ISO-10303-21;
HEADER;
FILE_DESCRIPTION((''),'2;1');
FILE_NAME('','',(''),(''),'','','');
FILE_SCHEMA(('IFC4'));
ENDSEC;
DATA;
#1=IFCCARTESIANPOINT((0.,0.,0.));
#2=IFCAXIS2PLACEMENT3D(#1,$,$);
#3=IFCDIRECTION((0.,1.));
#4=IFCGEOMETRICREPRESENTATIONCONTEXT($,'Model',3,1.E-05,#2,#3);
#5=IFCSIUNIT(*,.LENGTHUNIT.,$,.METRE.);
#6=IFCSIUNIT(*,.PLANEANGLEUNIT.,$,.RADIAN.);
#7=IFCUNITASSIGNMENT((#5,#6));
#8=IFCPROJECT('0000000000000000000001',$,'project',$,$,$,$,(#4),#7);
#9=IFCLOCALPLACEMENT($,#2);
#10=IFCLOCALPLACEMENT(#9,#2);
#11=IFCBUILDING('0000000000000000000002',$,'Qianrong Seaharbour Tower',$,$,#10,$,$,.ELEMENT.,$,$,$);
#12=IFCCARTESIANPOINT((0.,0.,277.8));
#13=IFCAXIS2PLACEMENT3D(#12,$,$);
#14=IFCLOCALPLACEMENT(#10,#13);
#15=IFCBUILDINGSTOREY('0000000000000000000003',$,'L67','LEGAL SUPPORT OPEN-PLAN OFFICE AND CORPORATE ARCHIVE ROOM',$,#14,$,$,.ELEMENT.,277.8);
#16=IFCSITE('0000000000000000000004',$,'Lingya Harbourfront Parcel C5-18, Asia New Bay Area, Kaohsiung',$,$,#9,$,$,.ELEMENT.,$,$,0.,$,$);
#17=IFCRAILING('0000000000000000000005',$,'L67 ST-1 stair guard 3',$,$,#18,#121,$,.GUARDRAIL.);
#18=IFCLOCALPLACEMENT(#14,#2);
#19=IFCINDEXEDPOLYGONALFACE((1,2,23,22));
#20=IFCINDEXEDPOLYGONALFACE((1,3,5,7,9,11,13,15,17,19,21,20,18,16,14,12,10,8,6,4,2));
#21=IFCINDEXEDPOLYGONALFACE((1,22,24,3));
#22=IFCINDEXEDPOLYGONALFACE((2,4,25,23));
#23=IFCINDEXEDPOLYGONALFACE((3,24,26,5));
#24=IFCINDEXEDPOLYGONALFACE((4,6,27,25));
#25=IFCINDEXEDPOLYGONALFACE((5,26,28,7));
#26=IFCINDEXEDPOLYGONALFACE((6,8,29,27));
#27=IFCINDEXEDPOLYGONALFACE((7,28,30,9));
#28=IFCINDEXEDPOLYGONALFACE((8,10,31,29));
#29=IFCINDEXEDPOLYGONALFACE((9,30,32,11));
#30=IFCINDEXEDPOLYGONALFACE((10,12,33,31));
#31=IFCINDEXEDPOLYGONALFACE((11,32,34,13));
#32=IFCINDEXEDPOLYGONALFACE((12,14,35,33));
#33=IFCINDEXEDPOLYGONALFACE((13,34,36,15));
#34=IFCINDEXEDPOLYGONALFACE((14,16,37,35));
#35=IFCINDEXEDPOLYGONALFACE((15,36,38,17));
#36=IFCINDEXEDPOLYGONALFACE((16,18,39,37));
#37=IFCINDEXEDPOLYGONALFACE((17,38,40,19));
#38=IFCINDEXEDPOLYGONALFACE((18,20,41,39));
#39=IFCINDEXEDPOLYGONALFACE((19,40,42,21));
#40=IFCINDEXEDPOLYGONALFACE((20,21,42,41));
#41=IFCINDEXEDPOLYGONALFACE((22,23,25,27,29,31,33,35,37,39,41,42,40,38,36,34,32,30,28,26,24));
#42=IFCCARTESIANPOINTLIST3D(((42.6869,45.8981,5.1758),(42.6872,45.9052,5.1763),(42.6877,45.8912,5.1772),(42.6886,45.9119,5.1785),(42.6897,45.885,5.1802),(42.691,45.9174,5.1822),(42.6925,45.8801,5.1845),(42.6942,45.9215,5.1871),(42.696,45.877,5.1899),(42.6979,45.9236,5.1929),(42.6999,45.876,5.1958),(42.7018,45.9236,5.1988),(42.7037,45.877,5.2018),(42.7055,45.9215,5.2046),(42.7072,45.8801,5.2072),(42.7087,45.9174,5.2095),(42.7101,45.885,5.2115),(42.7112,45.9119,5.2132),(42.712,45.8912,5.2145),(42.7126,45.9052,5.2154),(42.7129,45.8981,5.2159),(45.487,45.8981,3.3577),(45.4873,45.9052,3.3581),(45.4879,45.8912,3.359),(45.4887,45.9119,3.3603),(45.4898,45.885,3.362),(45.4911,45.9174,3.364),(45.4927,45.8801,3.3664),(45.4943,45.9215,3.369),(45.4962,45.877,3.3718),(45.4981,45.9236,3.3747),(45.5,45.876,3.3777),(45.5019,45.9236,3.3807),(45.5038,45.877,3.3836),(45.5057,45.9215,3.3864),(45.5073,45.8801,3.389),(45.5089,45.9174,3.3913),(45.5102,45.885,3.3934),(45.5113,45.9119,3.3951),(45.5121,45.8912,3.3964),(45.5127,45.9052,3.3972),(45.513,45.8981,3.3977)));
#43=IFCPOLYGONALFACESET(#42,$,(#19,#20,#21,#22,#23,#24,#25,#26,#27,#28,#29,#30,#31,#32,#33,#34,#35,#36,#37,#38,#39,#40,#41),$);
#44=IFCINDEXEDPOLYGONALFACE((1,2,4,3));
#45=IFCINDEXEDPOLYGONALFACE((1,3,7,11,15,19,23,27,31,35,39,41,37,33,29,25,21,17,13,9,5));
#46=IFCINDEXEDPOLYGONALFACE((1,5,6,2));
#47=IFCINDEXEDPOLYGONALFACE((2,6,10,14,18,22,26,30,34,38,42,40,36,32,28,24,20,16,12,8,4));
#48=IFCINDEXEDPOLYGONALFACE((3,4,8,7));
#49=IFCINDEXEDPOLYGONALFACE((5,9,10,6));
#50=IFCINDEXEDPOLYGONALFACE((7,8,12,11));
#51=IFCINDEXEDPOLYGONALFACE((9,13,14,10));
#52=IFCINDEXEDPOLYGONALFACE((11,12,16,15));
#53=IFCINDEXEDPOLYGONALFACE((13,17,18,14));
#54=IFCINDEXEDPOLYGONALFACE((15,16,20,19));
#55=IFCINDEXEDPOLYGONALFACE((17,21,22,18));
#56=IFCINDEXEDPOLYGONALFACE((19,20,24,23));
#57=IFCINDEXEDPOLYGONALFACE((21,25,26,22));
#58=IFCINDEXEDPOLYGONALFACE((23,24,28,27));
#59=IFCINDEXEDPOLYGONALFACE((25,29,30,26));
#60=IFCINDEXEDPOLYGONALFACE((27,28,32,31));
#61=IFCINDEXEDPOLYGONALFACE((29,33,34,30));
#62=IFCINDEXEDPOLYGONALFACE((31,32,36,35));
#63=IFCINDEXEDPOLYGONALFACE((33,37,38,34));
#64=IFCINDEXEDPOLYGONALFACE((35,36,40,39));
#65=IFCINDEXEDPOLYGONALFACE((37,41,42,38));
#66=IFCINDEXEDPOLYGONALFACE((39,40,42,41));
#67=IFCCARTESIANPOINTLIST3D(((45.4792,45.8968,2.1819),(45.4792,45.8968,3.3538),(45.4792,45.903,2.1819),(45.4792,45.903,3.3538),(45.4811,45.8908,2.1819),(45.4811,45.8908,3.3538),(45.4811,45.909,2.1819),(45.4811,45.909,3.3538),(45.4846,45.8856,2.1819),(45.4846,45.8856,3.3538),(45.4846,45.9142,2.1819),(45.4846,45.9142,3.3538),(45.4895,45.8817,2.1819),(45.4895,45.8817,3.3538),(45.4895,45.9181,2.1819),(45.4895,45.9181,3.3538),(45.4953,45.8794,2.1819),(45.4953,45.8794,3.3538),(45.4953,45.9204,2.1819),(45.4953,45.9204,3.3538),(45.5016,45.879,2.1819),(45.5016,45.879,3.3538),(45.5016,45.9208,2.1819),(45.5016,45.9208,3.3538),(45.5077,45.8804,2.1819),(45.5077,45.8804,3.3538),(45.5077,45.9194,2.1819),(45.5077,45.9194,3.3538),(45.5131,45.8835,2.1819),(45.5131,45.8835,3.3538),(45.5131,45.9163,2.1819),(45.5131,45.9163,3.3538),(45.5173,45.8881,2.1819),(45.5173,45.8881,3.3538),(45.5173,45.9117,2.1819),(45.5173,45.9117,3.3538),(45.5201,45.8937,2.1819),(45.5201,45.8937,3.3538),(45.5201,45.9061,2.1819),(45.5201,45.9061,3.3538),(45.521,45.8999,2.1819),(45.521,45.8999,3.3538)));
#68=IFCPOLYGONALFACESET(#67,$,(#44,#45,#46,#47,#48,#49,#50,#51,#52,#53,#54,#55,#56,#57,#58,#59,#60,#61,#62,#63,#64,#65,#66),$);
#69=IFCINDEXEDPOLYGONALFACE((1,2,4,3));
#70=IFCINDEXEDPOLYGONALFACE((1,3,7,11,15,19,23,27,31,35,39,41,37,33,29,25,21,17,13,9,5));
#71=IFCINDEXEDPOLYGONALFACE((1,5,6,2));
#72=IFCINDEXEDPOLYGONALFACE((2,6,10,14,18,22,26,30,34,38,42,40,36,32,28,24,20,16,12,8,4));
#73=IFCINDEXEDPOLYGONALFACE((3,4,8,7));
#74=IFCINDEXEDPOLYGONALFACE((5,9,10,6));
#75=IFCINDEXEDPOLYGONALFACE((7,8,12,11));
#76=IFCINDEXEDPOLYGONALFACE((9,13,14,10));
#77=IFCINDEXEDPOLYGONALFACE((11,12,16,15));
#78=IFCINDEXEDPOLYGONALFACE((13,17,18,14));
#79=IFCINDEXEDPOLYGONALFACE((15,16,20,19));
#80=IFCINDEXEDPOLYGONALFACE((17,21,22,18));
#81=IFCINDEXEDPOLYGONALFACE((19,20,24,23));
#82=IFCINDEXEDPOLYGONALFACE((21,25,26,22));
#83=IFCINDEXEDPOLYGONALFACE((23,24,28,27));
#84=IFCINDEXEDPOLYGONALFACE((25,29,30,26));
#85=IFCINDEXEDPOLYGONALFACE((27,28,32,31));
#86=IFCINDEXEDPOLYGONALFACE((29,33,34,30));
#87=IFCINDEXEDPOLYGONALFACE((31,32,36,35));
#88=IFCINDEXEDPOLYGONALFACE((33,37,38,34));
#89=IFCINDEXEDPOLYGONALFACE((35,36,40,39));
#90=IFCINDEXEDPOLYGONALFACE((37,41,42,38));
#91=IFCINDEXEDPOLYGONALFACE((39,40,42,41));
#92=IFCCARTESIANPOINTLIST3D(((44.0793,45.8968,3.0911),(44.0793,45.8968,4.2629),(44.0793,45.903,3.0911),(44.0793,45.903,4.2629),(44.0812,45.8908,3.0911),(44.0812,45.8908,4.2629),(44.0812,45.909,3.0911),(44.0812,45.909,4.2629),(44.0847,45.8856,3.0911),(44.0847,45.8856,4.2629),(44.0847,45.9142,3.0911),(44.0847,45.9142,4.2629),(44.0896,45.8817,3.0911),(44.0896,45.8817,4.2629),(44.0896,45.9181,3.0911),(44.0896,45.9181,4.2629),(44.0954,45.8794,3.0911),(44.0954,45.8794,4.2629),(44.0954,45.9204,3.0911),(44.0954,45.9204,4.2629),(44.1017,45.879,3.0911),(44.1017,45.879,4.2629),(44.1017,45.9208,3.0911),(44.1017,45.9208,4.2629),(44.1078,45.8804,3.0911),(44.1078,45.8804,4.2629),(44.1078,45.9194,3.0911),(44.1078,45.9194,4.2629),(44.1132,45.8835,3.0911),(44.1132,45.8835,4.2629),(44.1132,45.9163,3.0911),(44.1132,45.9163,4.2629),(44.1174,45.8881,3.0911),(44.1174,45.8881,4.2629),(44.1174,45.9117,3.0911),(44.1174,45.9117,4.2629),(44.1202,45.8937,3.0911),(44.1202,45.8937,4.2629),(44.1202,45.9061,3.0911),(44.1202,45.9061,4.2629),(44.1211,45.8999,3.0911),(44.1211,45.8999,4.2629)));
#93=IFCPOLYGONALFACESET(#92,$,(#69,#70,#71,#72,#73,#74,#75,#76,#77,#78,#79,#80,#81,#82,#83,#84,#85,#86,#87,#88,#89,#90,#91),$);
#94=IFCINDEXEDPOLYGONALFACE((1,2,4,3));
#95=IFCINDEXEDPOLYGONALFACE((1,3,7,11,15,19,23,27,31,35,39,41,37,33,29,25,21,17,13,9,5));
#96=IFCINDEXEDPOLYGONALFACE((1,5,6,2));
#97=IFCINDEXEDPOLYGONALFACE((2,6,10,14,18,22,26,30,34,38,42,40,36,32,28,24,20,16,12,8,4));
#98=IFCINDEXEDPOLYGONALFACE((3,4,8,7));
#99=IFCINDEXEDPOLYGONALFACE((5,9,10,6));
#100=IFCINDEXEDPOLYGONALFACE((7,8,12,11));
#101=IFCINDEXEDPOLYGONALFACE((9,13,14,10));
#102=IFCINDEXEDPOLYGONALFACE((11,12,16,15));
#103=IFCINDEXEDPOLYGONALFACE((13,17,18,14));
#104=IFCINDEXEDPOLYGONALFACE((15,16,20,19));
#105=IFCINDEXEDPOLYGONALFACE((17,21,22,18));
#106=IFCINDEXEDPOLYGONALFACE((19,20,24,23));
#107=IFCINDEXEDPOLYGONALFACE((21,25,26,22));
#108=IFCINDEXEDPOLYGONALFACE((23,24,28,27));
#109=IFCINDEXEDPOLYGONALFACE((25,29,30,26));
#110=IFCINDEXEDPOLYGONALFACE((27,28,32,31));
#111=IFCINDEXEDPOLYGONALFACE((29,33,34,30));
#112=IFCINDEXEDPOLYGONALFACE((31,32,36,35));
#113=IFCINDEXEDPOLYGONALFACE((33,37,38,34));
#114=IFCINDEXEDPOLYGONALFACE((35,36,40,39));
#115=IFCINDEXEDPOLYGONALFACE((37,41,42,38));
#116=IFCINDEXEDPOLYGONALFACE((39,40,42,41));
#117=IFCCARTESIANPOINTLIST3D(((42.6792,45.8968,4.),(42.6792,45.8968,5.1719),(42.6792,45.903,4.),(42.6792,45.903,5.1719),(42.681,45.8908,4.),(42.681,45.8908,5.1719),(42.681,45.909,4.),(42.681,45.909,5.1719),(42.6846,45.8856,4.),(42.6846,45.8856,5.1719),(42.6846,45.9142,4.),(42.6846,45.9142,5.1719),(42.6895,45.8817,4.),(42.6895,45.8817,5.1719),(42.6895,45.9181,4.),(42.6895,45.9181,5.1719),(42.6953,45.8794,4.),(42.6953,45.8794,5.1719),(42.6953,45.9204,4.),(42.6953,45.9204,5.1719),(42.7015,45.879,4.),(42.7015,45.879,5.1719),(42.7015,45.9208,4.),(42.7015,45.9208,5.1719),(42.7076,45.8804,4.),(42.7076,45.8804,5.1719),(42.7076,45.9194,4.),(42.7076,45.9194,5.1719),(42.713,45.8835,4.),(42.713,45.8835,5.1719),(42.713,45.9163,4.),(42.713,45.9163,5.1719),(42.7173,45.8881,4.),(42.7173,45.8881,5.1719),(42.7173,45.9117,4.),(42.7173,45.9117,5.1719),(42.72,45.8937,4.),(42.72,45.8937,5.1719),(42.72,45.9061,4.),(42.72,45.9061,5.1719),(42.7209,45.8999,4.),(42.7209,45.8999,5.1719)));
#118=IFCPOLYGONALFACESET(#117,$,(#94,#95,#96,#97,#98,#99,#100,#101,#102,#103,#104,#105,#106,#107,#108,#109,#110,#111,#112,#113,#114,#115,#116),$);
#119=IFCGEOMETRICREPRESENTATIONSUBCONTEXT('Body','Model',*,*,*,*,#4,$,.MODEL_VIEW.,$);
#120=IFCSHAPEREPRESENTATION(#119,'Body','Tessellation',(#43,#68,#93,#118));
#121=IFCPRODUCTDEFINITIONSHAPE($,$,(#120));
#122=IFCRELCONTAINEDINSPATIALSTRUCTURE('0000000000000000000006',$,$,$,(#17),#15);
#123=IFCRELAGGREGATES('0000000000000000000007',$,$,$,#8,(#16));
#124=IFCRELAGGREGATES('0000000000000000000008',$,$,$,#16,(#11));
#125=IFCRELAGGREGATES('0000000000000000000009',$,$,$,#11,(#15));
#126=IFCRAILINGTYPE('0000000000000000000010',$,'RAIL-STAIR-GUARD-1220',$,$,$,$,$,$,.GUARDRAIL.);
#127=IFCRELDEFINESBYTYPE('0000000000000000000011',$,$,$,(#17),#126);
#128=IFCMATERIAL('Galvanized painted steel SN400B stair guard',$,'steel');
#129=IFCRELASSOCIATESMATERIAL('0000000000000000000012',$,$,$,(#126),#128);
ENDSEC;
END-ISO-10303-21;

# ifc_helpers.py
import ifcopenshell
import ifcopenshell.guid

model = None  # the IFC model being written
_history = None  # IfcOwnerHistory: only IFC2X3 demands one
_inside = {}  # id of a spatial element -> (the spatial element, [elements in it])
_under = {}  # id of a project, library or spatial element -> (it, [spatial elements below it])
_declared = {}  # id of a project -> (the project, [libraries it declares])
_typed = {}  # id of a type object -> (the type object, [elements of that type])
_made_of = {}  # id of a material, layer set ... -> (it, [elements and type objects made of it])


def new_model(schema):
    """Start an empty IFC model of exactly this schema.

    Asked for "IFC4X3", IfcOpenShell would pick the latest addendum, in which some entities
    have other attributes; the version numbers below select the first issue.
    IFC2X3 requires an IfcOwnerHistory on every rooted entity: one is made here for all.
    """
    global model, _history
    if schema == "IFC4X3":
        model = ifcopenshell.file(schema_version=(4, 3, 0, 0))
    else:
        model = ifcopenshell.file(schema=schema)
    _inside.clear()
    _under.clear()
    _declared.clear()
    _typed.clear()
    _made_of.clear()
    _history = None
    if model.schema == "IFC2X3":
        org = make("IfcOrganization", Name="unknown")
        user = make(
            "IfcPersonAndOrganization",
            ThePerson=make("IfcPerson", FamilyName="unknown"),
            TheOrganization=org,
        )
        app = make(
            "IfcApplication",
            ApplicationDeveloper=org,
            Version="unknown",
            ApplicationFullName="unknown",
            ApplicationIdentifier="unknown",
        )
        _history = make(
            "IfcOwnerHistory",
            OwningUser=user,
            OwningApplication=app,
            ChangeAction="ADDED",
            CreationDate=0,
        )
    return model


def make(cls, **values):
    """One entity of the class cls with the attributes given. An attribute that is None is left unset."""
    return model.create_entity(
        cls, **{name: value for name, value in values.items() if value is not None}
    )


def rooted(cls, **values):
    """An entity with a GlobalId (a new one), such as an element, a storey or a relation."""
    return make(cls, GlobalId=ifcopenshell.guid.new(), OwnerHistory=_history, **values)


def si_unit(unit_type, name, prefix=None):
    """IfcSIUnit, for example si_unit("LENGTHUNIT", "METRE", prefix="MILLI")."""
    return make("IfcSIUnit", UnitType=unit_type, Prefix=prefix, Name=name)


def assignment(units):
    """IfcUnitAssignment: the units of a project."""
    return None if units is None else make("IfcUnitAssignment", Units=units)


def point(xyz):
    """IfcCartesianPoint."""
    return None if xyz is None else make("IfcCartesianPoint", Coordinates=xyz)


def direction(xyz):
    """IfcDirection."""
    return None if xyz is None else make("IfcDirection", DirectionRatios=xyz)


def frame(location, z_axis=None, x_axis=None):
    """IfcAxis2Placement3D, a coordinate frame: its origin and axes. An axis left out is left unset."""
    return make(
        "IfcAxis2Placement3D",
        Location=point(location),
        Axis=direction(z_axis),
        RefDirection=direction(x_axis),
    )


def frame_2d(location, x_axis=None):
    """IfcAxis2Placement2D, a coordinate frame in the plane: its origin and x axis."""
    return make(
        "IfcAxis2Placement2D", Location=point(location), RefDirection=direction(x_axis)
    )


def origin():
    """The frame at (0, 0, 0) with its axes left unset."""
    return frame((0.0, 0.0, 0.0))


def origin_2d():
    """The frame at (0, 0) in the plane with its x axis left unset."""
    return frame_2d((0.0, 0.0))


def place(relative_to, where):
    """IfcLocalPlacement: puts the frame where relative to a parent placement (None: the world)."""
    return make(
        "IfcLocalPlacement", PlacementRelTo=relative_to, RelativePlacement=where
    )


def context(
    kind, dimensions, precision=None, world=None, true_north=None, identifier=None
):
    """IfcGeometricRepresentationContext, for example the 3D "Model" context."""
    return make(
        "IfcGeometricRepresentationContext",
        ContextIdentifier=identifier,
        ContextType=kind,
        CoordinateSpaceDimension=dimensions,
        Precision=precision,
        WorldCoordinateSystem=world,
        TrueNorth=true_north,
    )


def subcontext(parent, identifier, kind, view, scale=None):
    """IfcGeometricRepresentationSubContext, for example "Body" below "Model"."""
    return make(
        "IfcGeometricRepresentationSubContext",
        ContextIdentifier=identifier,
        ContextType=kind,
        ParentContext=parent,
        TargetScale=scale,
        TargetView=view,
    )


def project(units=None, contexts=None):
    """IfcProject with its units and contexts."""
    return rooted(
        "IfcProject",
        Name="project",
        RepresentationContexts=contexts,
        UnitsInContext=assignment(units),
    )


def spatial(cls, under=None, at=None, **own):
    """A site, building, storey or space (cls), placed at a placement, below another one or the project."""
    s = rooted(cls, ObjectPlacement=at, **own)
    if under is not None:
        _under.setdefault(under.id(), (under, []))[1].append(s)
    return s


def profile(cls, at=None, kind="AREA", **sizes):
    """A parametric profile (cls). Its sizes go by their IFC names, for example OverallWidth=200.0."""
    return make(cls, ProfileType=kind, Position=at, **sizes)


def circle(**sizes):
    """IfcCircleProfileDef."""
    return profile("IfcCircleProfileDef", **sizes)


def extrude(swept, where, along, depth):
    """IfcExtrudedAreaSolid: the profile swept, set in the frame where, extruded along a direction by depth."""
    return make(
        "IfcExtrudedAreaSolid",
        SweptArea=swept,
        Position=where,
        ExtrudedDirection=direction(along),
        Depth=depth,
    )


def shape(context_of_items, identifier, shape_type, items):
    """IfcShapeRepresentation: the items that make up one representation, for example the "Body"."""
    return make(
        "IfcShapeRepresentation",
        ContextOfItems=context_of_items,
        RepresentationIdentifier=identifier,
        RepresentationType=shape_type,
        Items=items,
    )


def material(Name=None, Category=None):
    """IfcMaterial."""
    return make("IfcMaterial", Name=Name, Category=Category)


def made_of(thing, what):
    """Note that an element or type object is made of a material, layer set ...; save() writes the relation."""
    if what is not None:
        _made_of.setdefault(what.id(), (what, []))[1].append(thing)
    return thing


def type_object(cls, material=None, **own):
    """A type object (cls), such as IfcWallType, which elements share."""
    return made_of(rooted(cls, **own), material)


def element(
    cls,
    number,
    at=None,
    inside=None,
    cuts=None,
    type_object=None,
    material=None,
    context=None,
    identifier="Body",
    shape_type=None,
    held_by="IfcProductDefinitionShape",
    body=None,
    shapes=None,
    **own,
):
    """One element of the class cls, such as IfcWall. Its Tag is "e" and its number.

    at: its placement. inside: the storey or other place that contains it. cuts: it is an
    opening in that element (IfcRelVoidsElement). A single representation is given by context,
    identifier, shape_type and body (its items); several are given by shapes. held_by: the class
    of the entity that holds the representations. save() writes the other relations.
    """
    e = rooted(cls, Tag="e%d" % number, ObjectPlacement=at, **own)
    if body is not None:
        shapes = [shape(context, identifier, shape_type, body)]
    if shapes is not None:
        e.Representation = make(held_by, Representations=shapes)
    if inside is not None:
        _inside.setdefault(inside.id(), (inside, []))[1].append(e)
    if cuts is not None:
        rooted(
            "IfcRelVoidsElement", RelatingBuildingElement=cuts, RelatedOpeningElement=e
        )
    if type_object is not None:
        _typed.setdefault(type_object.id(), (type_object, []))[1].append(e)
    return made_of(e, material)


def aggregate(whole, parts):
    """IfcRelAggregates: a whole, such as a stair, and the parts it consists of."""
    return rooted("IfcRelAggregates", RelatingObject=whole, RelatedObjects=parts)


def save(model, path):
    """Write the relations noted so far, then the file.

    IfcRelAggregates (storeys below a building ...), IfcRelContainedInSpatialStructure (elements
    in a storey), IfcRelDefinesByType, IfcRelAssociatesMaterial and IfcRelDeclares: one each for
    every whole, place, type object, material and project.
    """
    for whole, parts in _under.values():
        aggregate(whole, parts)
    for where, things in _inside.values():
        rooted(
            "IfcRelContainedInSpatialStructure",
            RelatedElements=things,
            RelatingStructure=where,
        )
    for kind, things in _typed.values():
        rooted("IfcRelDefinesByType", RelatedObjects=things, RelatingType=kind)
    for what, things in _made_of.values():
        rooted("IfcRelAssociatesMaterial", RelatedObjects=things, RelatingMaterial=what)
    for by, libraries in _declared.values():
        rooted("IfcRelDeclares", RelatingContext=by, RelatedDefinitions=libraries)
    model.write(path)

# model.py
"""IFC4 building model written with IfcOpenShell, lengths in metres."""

from ifc_helpers import new_model, si_unit, direction, frame, origin, origin_2d, place, context, subcontext, project, spatial, circle, extrude, material, type_object, element, save


model = new_model("IFC4")

# Units and contexts
model_context = context("Model", 3, precision=1e-05, world=origin(), true_north=direction((0.0, 1.0)))
body_context = subcontext(model_context, "Body", "Model", "MODEL_VIEW")
ifc_project = project(units=[si_unit("LENGTHUNIT", "METRE"), si_unit("PLANEANGLEUNIT", "RADIAN")], contexts=[model_context])

# Site, building, storey
site_placement = place(None, origin())
site = spatial("IfcSite", under=ifc_project, at=site_placement, Name="Lingya Harbourfront Parcel C5-18, Asia New Bay Area, Kaohsiung", CompositionType="ELEMENT", RefElevation=0.0)
building_placement = place(site_placement, origin())
building = spatial("IfcBuilding", under=site, at=building_placement, Name="Qianrong Seaharbour Tower", CompositionType="ELEMENT")
storey_placement = place(building_placement, frame((0.0, 0.0, 277.8)))
storey = spatial("IfcBuildingStorey", under=building, at=storey_placement, Name="L67", Description="LEGAL SUPPORT OPEN-PLAN OFFICE AND CORPORATE ARCHIVE ROOM", CompositionType="ELEMENT", Elevation=277.8)

# Railing
ifc_material_1 = material(Name="Galvanized painted steel SN400B stair guard", Category="steel")
railing_type_1 = type_object("IfcRailingType", Name="RAIL-STAIR-GUARD-1220", PredefinedType="GUARDRAIL", material=ifc_material_1)
railing_1_placement = place(storey_placement, frame((45.5, 45.8999, 2.1819)))
element("IfcRailing", 1, at=railing_1_placement, inside=storey, type_object=railing_type_1, Name="L67 ST-1 stair guard 3", PredefinedType="GUARDRAIL", context=body_context, shape_type="SweptSolid", body=[
    extrude(circle(Radius=0.0239, at=origin_2d()), frame((0.0, 0.0, 1.1958), z_axis=(-0.838706, 0.0, 0.544585), x_axis=(0.0, -1.0, 0.0)), (0.0, 0.0, 1.0), 3.3386),
    extrude(circle(Radius=0.021, at=origin_2d()), origin(), (0.0, 0.0, 1.0), 1.1719),
    extrude(circle(Radius=0.021, at=origin_2d()), frame((-1.3999, 0.0, 0.9092)), (0.0, 0.0, 1.0), 1.1719),
    extrude(circle(Radius=0.021, at=origin_2d()), frame((-2.8, 0.0, 1.8181)), (0.0, 0.0, 1.0), 1.1719),
])

save(model, "model.ifc")
